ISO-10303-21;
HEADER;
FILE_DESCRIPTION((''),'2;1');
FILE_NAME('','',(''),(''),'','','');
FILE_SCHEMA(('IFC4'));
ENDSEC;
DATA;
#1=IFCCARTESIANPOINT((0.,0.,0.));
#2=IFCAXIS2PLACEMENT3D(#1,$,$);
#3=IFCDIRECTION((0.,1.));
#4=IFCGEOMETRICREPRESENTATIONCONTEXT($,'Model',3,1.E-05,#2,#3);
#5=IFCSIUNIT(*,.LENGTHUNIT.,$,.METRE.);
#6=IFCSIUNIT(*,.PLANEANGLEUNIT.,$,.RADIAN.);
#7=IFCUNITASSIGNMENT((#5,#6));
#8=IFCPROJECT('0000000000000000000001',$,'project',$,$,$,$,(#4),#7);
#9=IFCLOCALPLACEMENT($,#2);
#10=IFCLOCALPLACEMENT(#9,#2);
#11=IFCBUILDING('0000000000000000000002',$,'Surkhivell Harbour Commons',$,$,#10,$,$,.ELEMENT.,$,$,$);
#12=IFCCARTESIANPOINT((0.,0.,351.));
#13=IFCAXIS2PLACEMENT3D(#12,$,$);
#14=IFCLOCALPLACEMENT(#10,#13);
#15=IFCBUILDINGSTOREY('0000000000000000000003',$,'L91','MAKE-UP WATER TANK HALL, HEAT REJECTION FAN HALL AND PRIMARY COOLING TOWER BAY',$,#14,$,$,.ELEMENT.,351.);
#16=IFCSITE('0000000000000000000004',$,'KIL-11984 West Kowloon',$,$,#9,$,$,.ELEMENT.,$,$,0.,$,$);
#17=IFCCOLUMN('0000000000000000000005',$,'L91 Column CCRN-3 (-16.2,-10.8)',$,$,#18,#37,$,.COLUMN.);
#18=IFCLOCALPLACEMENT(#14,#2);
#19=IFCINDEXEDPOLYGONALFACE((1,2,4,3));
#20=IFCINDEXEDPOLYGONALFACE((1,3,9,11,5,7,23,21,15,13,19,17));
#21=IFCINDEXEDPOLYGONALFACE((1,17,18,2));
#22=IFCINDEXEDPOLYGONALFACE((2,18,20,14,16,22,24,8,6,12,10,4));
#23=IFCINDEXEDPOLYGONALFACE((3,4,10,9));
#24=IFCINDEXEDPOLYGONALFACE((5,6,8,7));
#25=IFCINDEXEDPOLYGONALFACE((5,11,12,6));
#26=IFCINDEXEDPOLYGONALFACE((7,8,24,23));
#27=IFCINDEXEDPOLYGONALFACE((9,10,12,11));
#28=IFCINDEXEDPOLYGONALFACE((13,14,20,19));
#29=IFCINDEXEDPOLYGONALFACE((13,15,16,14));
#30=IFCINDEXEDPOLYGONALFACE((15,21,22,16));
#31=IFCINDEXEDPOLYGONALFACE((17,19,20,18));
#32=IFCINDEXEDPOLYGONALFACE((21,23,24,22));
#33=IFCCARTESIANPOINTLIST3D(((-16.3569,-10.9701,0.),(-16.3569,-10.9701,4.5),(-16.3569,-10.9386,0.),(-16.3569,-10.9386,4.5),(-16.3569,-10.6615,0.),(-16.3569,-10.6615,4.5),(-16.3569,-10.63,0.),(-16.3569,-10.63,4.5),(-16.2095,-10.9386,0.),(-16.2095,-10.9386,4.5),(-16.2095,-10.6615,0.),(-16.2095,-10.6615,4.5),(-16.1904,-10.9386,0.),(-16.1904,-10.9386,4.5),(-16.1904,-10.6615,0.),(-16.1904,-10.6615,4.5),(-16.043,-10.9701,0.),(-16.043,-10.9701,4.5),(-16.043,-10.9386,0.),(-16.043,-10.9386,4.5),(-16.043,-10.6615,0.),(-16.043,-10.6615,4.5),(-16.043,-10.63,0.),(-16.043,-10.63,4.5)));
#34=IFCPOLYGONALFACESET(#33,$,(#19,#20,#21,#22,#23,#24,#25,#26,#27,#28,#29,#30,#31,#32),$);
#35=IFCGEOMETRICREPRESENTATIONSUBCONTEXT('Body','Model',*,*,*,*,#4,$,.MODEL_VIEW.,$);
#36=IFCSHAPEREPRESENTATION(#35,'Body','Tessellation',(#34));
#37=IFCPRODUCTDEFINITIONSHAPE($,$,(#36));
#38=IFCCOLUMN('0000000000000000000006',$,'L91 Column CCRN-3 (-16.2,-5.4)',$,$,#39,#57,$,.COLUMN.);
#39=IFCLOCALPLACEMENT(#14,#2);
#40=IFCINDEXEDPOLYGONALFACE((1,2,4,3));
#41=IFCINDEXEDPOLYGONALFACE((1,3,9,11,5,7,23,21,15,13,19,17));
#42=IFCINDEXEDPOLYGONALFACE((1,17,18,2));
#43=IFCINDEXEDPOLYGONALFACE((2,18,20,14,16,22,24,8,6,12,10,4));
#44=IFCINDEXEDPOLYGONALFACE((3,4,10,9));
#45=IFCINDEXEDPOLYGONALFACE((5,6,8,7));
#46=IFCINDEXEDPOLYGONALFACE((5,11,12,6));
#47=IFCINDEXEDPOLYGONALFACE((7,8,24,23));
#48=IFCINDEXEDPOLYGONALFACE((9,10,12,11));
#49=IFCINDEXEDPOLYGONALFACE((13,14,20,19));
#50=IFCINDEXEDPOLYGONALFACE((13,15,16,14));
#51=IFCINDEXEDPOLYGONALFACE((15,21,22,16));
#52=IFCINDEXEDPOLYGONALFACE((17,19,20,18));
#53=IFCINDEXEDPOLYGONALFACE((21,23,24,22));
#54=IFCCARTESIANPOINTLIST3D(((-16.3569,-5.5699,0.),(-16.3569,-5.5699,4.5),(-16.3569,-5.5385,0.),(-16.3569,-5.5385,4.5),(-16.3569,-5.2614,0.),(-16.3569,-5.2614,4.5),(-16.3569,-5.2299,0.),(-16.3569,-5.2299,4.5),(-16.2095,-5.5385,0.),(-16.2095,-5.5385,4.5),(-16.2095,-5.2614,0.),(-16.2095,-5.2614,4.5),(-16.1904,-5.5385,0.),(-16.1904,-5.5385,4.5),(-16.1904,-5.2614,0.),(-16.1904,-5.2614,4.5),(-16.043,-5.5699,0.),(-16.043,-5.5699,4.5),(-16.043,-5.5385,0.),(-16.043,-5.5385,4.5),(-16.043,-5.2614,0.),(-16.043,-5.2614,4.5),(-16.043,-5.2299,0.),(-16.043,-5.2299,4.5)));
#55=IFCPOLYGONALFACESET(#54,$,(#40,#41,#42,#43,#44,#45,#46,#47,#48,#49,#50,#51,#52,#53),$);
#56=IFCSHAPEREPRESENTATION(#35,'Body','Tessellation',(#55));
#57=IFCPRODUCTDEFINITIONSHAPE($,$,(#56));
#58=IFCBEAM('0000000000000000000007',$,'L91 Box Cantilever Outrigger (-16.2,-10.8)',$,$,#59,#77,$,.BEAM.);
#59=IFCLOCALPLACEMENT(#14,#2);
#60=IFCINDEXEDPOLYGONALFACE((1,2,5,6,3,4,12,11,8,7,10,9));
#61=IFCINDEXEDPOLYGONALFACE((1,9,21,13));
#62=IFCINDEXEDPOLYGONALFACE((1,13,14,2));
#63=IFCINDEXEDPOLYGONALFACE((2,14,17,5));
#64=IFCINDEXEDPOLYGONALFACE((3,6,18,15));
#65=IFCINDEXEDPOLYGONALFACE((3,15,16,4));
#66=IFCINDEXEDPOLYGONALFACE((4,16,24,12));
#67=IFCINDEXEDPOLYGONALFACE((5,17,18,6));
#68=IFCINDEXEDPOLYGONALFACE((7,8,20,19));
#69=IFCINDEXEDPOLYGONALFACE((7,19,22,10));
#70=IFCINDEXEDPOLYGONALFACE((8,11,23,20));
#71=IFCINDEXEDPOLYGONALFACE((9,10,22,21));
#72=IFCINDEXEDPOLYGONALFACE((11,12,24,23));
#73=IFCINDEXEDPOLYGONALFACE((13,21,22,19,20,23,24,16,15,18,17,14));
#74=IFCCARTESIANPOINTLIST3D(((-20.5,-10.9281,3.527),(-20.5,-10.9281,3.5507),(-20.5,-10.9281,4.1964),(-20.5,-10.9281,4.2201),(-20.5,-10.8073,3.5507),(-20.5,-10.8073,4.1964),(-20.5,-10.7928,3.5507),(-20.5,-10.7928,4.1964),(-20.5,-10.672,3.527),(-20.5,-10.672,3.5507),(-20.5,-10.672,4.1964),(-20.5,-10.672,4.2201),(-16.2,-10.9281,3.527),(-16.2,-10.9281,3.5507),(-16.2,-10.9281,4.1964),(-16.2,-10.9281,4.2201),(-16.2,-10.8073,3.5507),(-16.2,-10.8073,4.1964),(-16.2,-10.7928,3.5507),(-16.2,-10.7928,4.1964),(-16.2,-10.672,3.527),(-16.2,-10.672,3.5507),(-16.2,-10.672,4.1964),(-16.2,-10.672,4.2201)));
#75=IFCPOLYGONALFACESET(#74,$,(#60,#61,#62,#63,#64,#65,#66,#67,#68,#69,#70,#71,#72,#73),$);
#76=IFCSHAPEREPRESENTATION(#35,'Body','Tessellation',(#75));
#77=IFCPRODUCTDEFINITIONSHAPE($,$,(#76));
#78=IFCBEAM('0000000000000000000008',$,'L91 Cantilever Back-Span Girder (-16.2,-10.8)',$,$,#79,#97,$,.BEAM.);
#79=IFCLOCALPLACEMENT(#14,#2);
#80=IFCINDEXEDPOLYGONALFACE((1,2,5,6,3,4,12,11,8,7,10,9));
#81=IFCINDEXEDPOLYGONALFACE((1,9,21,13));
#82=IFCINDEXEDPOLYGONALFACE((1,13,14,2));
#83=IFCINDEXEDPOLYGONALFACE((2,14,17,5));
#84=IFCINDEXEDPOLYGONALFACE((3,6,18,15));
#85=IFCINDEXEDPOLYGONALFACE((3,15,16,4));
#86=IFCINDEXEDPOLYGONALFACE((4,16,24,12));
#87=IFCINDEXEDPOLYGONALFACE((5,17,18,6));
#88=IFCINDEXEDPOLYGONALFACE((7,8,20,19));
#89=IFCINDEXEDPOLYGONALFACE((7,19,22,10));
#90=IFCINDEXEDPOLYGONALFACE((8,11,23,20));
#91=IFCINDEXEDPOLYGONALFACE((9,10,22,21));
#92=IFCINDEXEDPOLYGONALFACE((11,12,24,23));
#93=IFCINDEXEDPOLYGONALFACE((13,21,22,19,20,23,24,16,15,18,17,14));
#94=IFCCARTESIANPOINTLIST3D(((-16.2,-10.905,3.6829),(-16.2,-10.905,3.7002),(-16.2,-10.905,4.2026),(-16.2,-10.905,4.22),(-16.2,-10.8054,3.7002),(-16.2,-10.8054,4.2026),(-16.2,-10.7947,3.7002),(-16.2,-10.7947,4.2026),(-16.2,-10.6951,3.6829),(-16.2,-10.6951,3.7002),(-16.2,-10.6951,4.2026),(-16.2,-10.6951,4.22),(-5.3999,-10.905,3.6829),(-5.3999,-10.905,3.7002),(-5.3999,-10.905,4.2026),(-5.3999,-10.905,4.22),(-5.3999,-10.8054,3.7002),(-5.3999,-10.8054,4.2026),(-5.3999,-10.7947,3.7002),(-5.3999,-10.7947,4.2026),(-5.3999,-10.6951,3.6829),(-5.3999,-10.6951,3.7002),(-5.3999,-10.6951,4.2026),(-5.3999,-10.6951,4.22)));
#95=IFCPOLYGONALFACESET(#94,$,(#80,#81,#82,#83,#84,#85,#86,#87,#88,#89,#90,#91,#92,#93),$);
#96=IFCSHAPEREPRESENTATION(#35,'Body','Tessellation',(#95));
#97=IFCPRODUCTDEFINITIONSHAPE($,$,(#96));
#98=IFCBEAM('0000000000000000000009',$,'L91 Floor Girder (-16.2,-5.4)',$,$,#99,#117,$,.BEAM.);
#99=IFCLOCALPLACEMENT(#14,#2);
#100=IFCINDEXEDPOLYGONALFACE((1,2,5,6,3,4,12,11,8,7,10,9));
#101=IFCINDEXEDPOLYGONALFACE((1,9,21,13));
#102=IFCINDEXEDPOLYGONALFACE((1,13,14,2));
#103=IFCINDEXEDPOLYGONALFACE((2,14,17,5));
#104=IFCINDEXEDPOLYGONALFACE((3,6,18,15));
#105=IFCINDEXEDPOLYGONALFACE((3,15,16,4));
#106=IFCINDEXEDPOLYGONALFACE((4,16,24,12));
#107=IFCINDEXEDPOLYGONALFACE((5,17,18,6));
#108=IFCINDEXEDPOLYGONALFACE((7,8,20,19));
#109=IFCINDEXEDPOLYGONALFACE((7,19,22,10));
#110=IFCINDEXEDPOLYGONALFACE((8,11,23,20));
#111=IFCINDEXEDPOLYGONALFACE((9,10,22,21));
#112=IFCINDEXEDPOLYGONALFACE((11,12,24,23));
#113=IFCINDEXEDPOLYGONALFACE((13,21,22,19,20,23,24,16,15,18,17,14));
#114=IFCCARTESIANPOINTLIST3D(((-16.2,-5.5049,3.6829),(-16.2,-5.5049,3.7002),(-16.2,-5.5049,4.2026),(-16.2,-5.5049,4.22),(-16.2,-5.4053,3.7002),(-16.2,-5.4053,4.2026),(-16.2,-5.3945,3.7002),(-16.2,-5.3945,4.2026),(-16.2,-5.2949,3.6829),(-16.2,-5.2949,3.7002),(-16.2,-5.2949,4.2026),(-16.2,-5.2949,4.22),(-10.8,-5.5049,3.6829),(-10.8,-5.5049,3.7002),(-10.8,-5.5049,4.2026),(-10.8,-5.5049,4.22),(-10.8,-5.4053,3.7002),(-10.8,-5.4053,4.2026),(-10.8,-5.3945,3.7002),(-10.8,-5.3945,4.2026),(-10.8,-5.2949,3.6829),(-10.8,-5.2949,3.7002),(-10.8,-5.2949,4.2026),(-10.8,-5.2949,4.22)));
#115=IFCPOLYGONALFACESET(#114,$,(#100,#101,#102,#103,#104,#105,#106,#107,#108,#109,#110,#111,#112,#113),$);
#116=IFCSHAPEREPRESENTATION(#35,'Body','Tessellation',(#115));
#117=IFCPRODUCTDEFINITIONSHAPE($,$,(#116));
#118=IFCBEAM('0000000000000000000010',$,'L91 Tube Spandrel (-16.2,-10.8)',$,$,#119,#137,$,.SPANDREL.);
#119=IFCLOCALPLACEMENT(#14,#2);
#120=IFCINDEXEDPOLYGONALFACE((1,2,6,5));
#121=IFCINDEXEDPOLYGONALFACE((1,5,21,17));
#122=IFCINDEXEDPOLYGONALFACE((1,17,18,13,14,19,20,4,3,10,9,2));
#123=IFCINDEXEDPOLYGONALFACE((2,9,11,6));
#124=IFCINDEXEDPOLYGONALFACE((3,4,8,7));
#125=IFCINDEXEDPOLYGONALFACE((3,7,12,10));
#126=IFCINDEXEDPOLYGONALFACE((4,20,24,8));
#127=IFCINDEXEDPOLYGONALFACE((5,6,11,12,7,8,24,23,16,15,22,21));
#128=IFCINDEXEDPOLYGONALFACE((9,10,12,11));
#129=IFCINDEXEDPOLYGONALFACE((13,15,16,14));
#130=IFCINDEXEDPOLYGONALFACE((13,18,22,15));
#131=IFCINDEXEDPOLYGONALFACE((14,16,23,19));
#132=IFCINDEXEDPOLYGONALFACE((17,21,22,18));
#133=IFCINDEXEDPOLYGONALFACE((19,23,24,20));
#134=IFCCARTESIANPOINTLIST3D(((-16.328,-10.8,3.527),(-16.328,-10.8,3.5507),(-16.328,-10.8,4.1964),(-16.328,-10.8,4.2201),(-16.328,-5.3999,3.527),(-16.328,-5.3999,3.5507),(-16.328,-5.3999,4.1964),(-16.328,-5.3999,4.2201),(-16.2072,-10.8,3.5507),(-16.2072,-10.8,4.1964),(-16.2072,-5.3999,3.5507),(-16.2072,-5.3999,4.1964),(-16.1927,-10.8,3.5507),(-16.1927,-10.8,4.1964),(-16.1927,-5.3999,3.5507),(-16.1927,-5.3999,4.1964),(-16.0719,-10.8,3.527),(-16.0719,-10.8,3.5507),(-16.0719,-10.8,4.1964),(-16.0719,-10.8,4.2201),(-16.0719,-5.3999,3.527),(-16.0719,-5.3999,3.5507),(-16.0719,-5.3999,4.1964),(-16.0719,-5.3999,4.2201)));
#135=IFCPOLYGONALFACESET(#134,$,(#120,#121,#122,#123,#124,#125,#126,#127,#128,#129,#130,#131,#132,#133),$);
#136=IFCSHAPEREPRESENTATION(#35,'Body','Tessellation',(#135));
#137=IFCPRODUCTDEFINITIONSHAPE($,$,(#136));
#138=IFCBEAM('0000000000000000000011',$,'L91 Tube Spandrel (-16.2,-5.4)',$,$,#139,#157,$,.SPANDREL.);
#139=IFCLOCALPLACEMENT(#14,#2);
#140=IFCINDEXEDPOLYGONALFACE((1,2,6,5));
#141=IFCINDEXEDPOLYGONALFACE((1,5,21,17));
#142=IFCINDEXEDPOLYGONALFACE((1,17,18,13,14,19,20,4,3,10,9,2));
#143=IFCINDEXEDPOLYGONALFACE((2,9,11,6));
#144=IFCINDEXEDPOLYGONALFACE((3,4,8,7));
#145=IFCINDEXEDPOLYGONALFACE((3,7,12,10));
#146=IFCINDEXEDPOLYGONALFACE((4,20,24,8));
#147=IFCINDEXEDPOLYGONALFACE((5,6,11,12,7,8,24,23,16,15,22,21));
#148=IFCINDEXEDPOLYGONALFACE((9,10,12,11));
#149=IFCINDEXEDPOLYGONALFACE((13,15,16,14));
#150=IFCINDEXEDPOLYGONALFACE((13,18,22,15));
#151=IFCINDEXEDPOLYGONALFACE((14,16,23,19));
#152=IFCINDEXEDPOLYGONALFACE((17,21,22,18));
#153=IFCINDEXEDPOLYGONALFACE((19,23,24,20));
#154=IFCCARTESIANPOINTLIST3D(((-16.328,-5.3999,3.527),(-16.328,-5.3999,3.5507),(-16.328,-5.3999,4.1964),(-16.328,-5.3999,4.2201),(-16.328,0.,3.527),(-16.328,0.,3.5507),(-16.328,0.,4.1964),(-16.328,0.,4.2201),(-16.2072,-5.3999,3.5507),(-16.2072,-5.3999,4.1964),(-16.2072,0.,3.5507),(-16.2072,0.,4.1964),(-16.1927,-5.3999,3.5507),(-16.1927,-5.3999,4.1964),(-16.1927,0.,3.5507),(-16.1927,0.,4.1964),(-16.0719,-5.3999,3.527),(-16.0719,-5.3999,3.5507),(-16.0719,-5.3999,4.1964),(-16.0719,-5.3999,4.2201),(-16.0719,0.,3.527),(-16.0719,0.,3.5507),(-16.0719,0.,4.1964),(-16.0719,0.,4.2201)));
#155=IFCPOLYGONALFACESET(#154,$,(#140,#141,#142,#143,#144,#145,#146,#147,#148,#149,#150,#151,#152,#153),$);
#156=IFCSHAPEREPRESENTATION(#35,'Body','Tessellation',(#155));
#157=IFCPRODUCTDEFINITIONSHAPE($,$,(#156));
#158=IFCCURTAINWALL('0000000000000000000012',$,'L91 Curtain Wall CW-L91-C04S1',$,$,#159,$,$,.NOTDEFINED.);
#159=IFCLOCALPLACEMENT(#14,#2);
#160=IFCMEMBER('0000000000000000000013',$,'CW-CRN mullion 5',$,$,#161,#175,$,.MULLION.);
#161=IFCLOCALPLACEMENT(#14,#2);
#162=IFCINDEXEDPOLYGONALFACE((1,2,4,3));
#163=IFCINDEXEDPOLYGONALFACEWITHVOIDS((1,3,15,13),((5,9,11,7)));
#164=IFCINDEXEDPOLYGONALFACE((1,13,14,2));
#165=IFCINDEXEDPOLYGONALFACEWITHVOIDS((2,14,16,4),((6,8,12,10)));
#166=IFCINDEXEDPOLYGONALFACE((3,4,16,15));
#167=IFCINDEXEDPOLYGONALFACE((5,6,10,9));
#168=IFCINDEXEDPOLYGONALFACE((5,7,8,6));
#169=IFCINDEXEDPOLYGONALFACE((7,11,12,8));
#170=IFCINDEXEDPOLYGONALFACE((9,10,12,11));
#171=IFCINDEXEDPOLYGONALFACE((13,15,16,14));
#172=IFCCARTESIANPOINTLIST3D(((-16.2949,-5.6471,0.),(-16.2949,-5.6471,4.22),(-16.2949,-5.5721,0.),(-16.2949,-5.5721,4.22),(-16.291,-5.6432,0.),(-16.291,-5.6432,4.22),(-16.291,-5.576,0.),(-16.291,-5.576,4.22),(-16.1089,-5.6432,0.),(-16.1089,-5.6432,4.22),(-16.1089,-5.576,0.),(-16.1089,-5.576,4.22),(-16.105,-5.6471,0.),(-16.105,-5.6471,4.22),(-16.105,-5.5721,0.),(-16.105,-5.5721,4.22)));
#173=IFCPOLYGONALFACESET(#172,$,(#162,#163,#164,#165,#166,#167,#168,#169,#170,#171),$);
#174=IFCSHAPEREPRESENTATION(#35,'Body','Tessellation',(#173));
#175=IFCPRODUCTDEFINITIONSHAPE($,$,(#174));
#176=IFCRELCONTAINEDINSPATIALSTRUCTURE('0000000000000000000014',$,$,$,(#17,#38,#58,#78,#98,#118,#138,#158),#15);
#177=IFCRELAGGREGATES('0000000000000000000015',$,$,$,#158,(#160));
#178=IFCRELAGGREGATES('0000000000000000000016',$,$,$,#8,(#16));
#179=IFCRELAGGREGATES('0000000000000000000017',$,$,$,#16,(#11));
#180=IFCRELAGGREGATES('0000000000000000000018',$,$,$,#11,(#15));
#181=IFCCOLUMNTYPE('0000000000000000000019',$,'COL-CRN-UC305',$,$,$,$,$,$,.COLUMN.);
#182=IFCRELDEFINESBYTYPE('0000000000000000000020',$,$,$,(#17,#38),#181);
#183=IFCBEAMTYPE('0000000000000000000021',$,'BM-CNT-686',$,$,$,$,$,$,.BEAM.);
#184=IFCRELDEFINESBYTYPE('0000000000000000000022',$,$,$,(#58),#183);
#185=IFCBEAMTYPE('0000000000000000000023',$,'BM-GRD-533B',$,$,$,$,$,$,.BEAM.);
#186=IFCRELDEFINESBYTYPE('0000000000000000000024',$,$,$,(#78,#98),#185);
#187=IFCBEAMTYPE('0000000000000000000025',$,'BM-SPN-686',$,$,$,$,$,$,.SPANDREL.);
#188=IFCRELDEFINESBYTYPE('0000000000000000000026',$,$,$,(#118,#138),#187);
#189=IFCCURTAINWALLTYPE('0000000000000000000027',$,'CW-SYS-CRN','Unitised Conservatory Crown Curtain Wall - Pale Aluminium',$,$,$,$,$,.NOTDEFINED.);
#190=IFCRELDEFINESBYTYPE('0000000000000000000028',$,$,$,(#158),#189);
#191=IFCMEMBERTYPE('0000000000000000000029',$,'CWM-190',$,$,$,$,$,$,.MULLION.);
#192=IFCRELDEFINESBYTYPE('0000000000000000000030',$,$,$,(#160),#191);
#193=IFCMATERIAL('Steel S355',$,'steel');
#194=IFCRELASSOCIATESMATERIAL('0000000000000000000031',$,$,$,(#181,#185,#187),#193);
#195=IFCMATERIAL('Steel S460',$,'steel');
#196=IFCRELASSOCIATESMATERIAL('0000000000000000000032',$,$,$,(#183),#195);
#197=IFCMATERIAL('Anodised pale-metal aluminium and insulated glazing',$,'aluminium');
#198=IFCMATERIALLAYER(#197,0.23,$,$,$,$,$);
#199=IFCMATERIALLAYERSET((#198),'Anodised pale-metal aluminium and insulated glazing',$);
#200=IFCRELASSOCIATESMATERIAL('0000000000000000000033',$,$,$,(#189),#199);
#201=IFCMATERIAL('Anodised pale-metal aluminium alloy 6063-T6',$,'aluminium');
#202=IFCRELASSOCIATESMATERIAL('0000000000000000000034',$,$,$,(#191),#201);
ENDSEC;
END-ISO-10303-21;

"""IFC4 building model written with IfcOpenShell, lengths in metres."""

from ifc_helpers import new_model, si_unit, direction, frame, origin, origin_2d, place, context, subcontext, project, spatial, hollow_rectangle, i_section, extrude, material, layer, layer_set, material_profile, profile_set, type_object, element, aggregate, save


model = new_model("IFC4")

# Units and contexts
model_context = context("Model", 3, precision=1e-05, world=origin(), true_north=direction((0.0, 1.0)))
body_context = subcontext(model_context, "Body", "Model", "MODEL_VIEW")
ifc_project = project(units=[si_unit("LENGTHUNIT", "METRE"), si_unit("PLANEANGLEUNIT", "RADIAN")], contexts=[model_context])

# Site, building, storey
site_placement = place(None, origin())
site = spatial("IfcSite", under=ifc_project, at=site_placement, Name="KIL-11984 West Kowloon", CompositionType="ELEMENT", RefElevation=0.0)
building_placement = place(site_placement, origin())
building = spatial("IfcBuilding", under=site, at=building_placement, Name="Surkhivell Harbour Commons", CompositionType="ELEMENT")
storey_placement = place(building_placement, frame((0.0, 0.0, 351.0)))
storey = spatial("IfcBuildingStorey", under=building, at=storey_placement, Name="L91", Description="MAKE-UP WATER TANK HALL, HEAT REJECTION FAN HALL AND PRIMARY COOLING TOWER BAY", CompositionType="ELEMENT", Elevation=351.0)

# Columns
ifc_material_1 = material(Name="Steel S355", Category="steel")
ifc_material_profile_1 = material_profile(ifc_material_1, i_section(OverallWidth=0.314, OverallDepth=0.3401, WebThickness=0.019, FlangeThickness=0.0315, at=origin_2d()), Name="UC305x305x198")
ifc_profile_set_1 = profile_set([ifc_material_profile_1], Name="Steel S355")
column_type = type_object("IfcColumnType", Name="COL-CRN-UC305", PredefinedType="COLUMN", material=ifc_profile_set_1)
for number, where, z_axis, x_axis, name in (
    (1, (-16.2, -10.8, 0.0), (0.0, 0.0, 1.0), (1.0, 0.0, 0.0), "L91 Column CCRN-3 (-16.2,-10.8)"),
    (2, (-16.2, -5.3999, 0.0), (0.0, 0.0, 1.0), (1.0, 0.0, 0.0), "L91 Column CCRN-3 (-16.2,-5.4)"),
):
    element("IfcColumn", number, at=place(storey_placement, frame(where, z_axis=z_axis, x_axis=x_axis)), inside=storey, type_object=column_type, Name=name, PredefinedType="COLUMN", context=body_context, shape_type="SweptSolid", body=[
        extrude(i_section(OverallWidth=0.314, OverallDepth=0.3401, WebThickness=0.019, FlangeThickness=0.0315, at=origin_2d()), origin(), (0.0, 0.0, 1.0), 4.5),
    ])

# Beams
ifc_material_2 = material(Name="Steel S460", Category="steel")
ifc_material_profile_2 = material_profile(ifc_material_2, i_section(OverallWidth=0.2561, OverallDepth=0.6931, WebThickness=0.0144, FlangeThickness=0.0237, at=origin_2d()), Name="UB686x254x170")
ifc_profile_set_2 = profile_set([ifc_material_profile_2], Name="Steel S460")
beam_type_1 = type_object("IfcBeamType", Name="BM-CNT-686", PredefinedType="BEAM", material=ifc_profile_set_2)
beam_1_placement = place(storey_placement, frame((-16.2, -10.8, 3.8735), z_axis=(-1.0, 0.0, 0.0), x_axis=(0.0, -1.0, 0.0)))
element("IfcBeam", 3, at=beam_1_placement, inside=storey, type_object=beam_type_1, Name="L91 Box Cantilever Outrigger (-16.2,-10.8)", PredefinedType="BEAM", context=body_context, shape_type="SweptSolid", body=[
    extrude(i_section(OverallWidth=0.2561, OverallDepth=0.6931, WebThickness=0.0144, FlangeThickness=0.0237, at=origin_2d()), origin(), (0.0, 0.0, 1.0), 4.3),
])
ifc_material_profile_3 = material_profile(ifc_material_1, i_section(OverallWidth=0.21, OverallDepth=0.5371, WebThickness=0.0107, FlangeThickness=0.0173, at=origin_2d()), Name="UB533x210x101")
ifc_profile_set_3 = profile_set([ifc_material_profile_3], Name="Steel S355")
beam_type_2 = type_object("IfcBeamType", Name="BM-GRD-533B", PredefinedType="BEAM", material=ifc_profile_set_3)
beam_2_placement = place(storey_placement, frame((-16.2, -10.8, 3.9514), z_axis=(1.0, 0.0, 0.0), x_axis=(0.0, 1.0, 0.0)))
element("IfcBeam", 4, at=beam_2_placement, inside=storey, type_object=beam_type_2, Name="L91 Cantilever Back-Span Girder (-16.2,-10.8)", PredefinedType="BEAM", context=body_context, shape_type="SweptSolid", body=[
    extrude(i_section(OverallWidth=0.21, OverallDepth=0.5371, WebThickness=0.0107, FlangeThickness=0.0173, at=origin_2d()), origin(), (0.0, 0.0, 1.0), 10.8),
])
beam_3_placement = place(storey_placement, frame((-16.2, -5.3999, 3.9514), z_axis=(1.0, 0.0, 0.0), x_axis=(0.0, 1.0, 0.0)))
element("IfcBeam", 5, at=beam_3_placement, inside=storey, type_object=beam_type_2, Name="L91 Floor Girder (-16.2,-5.4)", PredefinedType="BEAM", context=body_context, shape_type="SweptSolid", body=[
    extrude(i_section(OverallWidth=0.21, OverallDepth=0.5371, WebThickness=0.0107, FlangeThickness=0.0173, at=origin_2d()), origin(), (0.0, 0.0, 1.0), 5.3999),
])
ifc_material_profile_4 = material_profile(ifc_material_1, i_section(OverallWidth=0.2561, OverallDepth=0.6931, WebThickness=0.0144, FlangeThickness=0.0237, at=origin_2d()), Name="UB686x254x170")
ifc_profile_set_4 = profile_set([ifc_material_profile_4], Name="Steel S355")
beam_type_3 = type_object("IfcBeamType", Name="BM-SPN-686", PredefinedType="SPANDREL", material=ifc_profile_set_4)
beam_4_placement = place(storey_placement, frame((-16.2, -10.8, 3.8735), z_axis=(0.0, 1.0, 0.0), x_axis=(-1.0, 0.0, 0.0)))
element("IfcBeam", 6, at=beam_4_placement, inside=storey, type_object=beam_type_3, Name="L91 Tube Spandrel (-16.2,-10.8)", PredefinedType="SPANDREL", context=body_context, shape_type="SweptSolid", body=[
    extrude(i_section(OverallWidth=0.2561, OverallDepth=0.6931, WebThickness=0.0144, FlangeThickness=0.0237, at=origin_2d()), origin(), (0.0, 0.0, 1.0), 5.4001),
])
beam_5_placement = place(storey_placement, frame((-16.2, -5.3999, 3.8735), z_axis=(0.0, 1.0, 0.0), x_axis=(-1.0, 0.0, 0.0)))
element("IfcBeam", 7, at=beam_5_placement, inside=storey, type_object=beam_type_3, Name="L91 Tube Spandrel (-16.2,-5.4)", PredefinedType="SPANDREL", context=body_context, shape_type="SweptSolid", body=[
    extrude(i_section(OverallWidth=0.2561, OverallDepth=0.6931, WebThickness=0.0144, FlangeThickness=0.0237, at=origin_2d()), origin(), (0.0, 0.0, 1.0), 5.3999),
])

# Curtain wall, member
ifc_material_3 = material(Name="Anodised pale-metal aluminium and insulated glazing", Category="aluminium")
ifc_layer_1 = layer(ifc_material_3, 0.23)
ifc_layer_set_1 = layer_set([ifc_layer_1], Name="Anodised pale-metal aluminium and insulated glazing")
curtain_wall_type = type_object("IfcCurtainWallType", Name="CW-SYS-CRN", Description="Unitised Conservatory Crown Curtain Wall - Pale Aluminium", PredefinedType="NOTDEFINED", material=ifc_layer_set_1)
curtain_wall_placement = place(storey_placement, origin())
curtain_wall = element("IfcCurtainWall", 8, at=curtain_wall_placement, inside=storey, type_object=curtain_wall_type, Name="L91 Curtain Wall CW-L91-C04S1", PredefinedType="NOTDEFINED")
ifc_material_4 = material(Name="Anodised pale-metal aluminium alloy 6063-T6", Category="aluminium")
ifc_material_profile_5 = material_profile(ifc_material_4, hollow_rectangle(XDim=0.075, YDim=0.1899, WallThickness=0.0039, at=origin_2d()), Name="ALU-MULL-75x190")
ifc_profile_set_5 = profile_set([ifc_material_profile_5], Name="Anodised pale-metal aluminium alloy 6063-T6")
member_type_1 = type_object("IfcMemberType", Name="CWM-190", PredefinedType="MULLION", material=ifc_profile_set_5)
member_1_placement = place(storey_placement, frame((-16.2, -5.6096, 0.0), z_axis=(0.0, 0.0, 1.0), x_axis=(0.0, -1.0, 0.0)))
member_1 = element("IfcMember", 9, at=member_1_placement, type_object=member_type_1, Name="CW-CRN mullion 5", PredefinedType="MULLION", context=body_context, shape_type="SweptSolid", body=[
    extrude(hollow_rectangle(XDim=0.075, YDim=0.1899, WallThickness=0.0039, at=origin_2d()), origin(), (0.0, 0.0, 1.0), 4.22),
])
aggregate(curtain_wall, [member_1])

save(model, "model.ifc")
